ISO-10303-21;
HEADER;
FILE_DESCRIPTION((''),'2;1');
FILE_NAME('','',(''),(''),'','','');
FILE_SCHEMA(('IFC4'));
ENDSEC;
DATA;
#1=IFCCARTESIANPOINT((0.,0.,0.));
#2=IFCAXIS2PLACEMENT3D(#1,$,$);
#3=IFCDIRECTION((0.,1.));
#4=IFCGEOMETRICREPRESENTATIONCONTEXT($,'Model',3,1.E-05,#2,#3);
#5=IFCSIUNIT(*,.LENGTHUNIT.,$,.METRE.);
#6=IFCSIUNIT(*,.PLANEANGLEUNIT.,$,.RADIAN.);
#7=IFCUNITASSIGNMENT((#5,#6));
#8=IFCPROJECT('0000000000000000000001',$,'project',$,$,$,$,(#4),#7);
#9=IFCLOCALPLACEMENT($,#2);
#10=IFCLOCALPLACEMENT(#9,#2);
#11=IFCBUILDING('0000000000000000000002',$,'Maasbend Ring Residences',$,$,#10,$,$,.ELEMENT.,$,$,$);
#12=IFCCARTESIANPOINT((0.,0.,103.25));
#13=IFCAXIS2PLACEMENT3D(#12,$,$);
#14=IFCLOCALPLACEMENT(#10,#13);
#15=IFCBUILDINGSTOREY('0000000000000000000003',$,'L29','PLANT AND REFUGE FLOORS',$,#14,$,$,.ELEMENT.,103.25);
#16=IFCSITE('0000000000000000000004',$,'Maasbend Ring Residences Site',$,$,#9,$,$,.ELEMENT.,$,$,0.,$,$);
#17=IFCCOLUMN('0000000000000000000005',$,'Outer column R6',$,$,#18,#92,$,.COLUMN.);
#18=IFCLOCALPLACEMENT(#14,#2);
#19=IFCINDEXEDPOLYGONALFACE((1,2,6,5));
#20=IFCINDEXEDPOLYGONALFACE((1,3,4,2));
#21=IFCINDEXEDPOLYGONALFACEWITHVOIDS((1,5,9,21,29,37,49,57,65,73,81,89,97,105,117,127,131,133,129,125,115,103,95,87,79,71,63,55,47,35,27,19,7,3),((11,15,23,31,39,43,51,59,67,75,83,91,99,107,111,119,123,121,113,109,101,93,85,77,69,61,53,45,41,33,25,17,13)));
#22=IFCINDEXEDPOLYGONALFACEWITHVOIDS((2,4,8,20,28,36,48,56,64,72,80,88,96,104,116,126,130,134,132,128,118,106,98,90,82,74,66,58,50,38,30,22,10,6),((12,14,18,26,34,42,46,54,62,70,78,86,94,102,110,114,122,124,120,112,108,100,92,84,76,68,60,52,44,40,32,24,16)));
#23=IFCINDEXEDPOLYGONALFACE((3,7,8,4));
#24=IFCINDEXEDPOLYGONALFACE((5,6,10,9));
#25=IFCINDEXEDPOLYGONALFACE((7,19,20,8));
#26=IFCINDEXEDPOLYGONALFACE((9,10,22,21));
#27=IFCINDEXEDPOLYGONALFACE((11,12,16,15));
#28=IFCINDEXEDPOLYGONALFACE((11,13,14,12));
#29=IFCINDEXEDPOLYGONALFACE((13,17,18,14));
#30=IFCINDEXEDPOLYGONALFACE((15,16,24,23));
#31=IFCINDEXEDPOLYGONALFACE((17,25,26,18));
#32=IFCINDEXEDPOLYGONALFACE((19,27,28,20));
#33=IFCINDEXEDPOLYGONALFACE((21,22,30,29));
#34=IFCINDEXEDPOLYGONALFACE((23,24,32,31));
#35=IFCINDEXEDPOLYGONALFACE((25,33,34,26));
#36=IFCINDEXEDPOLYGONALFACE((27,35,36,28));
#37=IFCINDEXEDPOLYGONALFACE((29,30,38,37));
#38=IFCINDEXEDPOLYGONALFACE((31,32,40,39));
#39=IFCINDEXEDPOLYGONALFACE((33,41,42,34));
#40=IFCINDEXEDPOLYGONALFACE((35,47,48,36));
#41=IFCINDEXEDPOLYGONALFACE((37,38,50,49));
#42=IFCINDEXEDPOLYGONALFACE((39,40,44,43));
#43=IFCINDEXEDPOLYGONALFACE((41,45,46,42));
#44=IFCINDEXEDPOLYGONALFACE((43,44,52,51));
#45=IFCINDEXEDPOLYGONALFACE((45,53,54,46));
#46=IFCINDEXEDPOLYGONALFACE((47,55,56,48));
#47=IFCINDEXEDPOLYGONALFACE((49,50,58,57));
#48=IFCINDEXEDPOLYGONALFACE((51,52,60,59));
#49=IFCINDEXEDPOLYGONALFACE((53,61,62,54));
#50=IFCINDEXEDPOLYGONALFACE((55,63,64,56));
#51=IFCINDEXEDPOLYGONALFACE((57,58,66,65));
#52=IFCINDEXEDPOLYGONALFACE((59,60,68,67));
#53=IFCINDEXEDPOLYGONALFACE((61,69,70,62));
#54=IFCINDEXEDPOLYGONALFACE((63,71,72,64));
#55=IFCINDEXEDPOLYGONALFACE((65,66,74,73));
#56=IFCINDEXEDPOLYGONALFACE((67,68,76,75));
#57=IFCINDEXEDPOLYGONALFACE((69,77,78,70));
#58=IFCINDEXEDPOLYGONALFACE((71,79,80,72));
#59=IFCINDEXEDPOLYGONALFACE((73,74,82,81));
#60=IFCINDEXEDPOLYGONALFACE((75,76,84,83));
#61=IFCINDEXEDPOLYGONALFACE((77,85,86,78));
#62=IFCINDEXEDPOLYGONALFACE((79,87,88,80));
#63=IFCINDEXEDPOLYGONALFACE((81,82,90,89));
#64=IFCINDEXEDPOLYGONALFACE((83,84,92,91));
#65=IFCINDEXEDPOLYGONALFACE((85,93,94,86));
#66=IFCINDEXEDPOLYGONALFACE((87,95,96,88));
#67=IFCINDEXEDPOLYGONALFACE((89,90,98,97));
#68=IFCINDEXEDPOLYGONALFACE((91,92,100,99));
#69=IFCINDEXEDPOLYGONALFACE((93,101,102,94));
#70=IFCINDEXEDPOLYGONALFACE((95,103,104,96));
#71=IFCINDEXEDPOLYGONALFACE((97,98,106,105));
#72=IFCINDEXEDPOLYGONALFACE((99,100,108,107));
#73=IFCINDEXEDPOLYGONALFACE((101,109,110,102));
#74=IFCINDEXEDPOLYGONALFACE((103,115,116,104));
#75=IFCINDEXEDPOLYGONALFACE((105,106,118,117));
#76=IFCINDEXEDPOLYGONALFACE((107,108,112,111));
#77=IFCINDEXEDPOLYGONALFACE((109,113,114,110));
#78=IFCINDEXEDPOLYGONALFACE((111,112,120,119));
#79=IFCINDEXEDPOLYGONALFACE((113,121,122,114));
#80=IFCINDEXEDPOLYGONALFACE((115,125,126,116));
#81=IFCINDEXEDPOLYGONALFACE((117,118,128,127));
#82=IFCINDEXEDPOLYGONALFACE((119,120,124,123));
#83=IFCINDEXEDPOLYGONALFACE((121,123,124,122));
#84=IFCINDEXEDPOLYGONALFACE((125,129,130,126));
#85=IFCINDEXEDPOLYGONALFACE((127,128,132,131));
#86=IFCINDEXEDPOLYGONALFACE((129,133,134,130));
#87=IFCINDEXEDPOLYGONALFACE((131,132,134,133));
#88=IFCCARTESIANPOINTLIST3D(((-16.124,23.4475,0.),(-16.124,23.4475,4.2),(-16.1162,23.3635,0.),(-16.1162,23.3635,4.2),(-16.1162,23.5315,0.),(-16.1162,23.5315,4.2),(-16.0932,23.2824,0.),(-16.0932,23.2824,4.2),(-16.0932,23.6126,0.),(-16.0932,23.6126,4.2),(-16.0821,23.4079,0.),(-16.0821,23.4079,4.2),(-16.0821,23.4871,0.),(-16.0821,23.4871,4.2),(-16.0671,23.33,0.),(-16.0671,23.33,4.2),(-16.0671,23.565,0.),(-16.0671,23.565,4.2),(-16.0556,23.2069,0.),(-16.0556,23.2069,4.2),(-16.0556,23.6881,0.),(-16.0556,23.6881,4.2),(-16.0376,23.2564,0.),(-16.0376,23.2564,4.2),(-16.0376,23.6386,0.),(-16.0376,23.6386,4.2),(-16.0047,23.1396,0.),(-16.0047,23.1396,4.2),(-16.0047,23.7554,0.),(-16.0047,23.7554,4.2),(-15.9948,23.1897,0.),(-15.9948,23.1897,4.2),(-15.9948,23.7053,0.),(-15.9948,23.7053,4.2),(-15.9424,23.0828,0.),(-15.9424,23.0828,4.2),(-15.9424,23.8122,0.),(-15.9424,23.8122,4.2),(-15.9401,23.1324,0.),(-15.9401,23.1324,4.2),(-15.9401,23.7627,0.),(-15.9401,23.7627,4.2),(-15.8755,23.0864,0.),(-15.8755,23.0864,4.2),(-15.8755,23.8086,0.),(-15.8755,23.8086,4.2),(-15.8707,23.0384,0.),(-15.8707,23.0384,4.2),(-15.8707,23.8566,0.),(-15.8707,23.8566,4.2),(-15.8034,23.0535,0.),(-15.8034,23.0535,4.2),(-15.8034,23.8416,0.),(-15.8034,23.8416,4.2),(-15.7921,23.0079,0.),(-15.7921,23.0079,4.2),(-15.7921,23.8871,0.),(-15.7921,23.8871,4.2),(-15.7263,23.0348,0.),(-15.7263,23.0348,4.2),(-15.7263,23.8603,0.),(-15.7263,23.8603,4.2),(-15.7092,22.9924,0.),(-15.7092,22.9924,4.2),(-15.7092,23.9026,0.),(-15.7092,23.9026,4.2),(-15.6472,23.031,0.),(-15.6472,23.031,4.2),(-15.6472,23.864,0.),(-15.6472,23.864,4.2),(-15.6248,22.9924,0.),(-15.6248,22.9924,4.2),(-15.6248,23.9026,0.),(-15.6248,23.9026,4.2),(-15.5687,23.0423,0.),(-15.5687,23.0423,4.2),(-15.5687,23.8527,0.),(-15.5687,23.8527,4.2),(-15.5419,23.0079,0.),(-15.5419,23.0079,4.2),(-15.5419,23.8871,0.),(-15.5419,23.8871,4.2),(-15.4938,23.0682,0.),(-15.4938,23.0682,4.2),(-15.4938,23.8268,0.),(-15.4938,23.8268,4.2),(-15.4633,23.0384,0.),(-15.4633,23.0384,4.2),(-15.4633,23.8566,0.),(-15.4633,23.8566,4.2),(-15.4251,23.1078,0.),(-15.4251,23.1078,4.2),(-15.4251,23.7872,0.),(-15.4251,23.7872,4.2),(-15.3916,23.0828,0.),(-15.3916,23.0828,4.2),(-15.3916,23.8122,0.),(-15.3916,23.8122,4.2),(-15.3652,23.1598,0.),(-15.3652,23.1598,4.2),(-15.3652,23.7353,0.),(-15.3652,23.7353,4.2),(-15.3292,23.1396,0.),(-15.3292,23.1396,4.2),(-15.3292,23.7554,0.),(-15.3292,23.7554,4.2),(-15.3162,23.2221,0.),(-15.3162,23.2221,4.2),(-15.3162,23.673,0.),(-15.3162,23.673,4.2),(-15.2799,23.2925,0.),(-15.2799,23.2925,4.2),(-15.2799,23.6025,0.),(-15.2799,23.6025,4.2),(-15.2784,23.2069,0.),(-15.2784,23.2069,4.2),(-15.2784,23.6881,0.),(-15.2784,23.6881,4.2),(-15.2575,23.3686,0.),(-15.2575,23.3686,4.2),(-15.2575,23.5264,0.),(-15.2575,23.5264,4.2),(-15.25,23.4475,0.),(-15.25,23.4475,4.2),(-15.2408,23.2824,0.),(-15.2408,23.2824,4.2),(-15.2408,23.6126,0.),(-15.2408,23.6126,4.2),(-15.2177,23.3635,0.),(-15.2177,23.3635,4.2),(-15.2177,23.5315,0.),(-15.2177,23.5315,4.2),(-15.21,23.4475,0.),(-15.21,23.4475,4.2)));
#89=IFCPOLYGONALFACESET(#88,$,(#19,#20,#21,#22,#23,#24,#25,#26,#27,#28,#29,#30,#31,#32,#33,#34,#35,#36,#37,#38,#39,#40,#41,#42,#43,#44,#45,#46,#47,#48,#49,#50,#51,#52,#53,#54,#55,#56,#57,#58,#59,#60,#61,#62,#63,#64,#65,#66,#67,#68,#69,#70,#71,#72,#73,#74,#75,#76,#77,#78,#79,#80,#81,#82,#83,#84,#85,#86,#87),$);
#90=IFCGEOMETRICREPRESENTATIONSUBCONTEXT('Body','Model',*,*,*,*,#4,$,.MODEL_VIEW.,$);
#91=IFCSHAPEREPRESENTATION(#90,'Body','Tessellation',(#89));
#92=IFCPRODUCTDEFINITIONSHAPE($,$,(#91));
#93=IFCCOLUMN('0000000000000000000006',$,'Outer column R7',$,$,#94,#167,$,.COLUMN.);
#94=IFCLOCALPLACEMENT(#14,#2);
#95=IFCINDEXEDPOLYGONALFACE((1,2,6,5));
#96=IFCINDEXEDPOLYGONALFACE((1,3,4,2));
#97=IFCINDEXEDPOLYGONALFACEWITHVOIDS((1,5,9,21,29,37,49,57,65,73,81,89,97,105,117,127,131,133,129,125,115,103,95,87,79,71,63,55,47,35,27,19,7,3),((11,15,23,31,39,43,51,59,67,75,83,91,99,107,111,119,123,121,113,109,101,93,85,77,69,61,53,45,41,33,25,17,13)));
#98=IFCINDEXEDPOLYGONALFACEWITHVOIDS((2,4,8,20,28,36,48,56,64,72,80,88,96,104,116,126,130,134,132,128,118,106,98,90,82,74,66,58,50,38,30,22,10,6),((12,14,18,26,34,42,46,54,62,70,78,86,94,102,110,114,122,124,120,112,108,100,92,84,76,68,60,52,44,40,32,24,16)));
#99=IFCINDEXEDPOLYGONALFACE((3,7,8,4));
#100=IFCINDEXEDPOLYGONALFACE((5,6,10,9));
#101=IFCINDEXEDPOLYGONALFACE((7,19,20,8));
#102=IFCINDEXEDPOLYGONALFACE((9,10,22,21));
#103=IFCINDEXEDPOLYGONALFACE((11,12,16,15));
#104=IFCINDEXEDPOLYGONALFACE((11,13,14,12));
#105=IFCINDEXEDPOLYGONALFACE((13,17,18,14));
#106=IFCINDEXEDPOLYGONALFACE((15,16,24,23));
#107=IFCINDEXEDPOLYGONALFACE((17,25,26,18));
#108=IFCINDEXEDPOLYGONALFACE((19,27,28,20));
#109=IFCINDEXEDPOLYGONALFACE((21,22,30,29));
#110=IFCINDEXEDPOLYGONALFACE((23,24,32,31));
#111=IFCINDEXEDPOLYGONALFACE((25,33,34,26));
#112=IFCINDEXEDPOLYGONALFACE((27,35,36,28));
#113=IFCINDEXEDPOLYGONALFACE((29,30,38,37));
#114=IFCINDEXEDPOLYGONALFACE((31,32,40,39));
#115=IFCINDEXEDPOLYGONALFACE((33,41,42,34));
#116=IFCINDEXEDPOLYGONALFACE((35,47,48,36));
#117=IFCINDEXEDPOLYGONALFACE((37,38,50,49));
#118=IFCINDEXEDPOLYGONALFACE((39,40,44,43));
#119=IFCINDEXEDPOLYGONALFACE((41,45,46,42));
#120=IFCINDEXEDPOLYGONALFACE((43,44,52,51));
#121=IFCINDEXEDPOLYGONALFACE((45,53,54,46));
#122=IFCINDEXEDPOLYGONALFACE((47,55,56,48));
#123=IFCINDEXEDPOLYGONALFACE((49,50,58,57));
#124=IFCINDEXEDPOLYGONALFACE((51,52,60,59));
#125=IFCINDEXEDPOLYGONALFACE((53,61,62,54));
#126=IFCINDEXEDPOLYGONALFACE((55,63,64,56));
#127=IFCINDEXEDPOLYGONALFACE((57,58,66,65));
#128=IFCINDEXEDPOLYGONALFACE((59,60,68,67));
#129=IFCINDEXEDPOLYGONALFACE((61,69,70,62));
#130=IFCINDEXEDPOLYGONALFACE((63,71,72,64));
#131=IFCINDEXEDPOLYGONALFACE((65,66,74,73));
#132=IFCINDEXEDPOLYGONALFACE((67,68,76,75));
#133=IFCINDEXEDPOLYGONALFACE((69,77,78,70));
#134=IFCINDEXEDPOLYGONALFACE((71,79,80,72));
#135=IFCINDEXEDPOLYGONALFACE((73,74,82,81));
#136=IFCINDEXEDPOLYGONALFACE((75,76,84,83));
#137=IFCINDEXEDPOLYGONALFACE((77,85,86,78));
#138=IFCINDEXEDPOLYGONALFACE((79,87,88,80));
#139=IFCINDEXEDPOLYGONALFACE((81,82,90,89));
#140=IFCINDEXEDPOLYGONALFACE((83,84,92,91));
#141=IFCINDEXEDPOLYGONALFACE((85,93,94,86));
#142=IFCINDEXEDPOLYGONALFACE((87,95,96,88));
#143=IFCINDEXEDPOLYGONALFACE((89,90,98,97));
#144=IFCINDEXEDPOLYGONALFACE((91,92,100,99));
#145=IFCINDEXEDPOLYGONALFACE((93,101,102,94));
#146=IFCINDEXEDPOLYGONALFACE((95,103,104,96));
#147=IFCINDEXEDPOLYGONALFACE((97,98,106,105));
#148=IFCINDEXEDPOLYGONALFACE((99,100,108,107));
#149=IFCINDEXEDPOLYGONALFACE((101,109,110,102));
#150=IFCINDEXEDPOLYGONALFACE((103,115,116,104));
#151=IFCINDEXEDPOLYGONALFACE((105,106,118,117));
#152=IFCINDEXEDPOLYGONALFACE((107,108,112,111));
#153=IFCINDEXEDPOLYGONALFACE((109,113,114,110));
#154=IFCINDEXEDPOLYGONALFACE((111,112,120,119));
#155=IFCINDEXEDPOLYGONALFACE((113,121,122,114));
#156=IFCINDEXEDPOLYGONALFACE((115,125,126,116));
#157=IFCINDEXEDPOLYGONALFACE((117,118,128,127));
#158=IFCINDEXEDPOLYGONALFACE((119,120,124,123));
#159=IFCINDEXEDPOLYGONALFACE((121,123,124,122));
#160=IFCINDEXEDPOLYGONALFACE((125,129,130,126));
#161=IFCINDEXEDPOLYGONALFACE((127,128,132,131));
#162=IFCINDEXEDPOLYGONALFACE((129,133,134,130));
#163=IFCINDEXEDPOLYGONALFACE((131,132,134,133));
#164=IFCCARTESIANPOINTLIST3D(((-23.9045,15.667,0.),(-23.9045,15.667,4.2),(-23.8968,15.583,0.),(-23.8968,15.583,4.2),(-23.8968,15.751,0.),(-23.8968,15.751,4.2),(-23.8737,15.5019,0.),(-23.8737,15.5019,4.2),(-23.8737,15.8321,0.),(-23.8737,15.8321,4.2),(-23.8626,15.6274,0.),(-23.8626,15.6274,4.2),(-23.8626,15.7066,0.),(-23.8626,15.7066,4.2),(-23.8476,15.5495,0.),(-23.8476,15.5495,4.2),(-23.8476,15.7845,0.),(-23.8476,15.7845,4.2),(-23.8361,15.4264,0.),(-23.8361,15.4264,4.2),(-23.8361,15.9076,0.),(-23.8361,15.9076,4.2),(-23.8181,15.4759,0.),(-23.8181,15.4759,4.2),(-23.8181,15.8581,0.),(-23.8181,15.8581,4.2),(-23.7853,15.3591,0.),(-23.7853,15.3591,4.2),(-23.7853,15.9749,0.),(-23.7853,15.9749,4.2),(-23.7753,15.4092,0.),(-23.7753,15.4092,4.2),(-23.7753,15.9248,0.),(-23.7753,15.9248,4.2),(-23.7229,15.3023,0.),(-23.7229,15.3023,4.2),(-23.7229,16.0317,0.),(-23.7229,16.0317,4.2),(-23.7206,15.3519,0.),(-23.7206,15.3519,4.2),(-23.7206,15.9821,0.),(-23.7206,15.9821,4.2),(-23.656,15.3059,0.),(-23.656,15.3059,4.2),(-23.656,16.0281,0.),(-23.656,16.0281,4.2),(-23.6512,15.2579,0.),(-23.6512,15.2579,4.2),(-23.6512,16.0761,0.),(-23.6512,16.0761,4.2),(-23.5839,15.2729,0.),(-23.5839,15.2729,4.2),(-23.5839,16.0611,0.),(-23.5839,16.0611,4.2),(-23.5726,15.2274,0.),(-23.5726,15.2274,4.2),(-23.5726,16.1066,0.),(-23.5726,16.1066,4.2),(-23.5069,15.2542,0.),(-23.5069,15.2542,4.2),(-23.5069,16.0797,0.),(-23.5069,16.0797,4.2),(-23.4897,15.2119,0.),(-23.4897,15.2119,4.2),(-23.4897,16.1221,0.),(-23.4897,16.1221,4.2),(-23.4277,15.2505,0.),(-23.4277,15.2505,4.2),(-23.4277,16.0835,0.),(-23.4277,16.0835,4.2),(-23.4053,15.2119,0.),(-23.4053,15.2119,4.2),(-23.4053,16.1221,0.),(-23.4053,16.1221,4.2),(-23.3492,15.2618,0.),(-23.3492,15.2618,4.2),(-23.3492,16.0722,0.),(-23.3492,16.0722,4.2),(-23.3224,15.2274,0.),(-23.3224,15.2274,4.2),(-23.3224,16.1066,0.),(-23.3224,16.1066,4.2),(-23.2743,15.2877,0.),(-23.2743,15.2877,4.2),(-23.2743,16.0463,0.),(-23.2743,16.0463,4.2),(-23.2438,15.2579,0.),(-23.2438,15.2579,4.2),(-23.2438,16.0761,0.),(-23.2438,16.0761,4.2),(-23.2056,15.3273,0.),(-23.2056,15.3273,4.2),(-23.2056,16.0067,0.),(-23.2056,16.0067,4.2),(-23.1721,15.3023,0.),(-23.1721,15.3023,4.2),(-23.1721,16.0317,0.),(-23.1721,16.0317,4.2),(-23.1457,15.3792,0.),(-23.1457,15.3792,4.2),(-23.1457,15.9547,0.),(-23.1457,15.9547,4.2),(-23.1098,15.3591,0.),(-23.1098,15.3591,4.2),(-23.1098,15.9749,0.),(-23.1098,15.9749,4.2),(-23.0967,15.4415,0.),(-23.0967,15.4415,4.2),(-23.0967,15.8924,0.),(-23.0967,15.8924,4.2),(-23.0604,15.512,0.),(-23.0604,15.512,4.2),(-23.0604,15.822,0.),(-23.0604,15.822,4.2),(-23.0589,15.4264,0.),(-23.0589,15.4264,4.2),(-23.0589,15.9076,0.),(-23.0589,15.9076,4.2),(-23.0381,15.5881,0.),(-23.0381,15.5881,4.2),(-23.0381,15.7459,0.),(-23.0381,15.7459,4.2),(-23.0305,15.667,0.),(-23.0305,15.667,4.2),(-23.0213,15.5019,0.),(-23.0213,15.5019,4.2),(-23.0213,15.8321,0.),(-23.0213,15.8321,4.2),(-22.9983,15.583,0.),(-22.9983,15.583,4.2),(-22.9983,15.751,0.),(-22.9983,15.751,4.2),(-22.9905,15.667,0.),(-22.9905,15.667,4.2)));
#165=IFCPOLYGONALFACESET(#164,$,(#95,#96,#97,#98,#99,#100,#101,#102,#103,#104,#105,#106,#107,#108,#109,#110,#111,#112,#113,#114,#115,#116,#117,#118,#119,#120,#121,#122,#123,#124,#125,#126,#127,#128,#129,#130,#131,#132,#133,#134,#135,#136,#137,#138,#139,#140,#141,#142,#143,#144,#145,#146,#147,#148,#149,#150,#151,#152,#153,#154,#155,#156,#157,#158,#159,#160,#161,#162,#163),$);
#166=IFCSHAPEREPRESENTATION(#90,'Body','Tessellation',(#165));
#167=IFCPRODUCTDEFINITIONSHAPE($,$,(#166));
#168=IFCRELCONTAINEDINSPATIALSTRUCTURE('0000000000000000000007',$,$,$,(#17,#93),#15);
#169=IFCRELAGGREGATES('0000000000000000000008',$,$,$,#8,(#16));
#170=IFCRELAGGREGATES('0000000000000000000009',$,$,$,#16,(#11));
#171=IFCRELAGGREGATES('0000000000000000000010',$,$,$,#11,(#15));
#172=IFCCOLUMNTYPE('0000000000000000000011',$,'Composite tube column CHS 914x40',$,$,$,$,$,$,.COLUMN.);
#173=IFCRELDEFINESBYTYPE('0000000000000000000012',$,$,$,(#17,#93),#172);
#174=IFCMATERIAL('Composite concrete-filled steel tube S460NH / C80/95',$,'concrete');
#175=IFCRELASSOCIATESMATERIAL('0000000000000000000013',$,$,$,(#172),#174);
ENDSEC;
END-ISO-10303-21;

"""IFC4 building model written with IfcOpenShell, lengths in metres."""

from ifc_helpers import new_model, si_unit, direction, frame, origin, origin_2d, place, context, subcontext, project, spatial, hollow_circle, extrude, material, material_profile, profile_set, type_object, element, save


model = new_model("IFC4")

# Units and contexts
model_context = context("Model", 3, precision=1e-05, world=origin(), true_north=direction((0.0, 1.0)))
body_context = subcontext(model_context, "Body", "Model", "MODEL_VIEW")
ifc_project = project(units=[si_unit("LENGTHUNIT", "METRE"), si_unit("PLANEANGLEUNIT", "RADIAN")], contexts=[model_context])

# Site, building, storey
site_placement = place(None, origin())
site = spatial("IfcSite", under=ifc_project, at=site_placement, Name="Maasbend Ring Residences Site", CompositionType="ELEMENT", RefElevation=0.0)
building_placement = place(site_placement, origin())
building = spatial("IfcBuilding", under=site, at=building_placement, Name="Maasbend Ring Residences", CompositionType="ELEMENT")
storey_placement = place(building_placement, frame((0.0, 0.0, 103.25)))
storey = spatial("IfcBuildingStorey", under=building, at=storey_placement, Name="L29", Description="PLANT AND REFUGE FLOORS", CompositionType="ELEMENT", Elevation=103.25)

# Columns
ifc_material_1 = material(Name="Composite concrete-filled steel tube S460NH / C80/95", Category="concrete")
ifc_material_profile_1 = material_profile(ifc_material_1, hollow_circle(Radius=0.457, WallThickness=0.04, at=origin_2d()), Name="Composite tube column CHS 914x40")
ifc_profile_set_1 = profile_set([ifc_material_profile_1], Name="Composite concrete-filled steel tube S460NH / C80/95")
column_type_1 = type_object("IfcColumnType", Name="Composite tube column CHS 914x40", PredefinedType="COLUMN", material=ifc_profile_set_1)
for number, where, z_axis, x_axis, name in (
    (1, (-15.667, 23.4475, 0.0), (0.0, 0.0, 1.0), (1.0, 0.0, 0.0), "Outer column R6"),
    (2, (-23.4475, 15.667, 0.0), (0.0, 0.0, 1.0), (1.0, 0.0, 0.0), "Outer column R7"),
):
    element("IfcColumn", number, at=place(storey_placement, frame(where, z_axis=z_axis, x_axis=x_axis)), inside=storey, type_object=column_type_1, Name=name, PredefinedType="COLUMN", context=body_context, shape_type="SweptSolid", body=[
        extrude(hollow_circle(Radius=0.457, WallThickness=0.04, at=origin_2d()), origin(), (0.0, 0.0, 1.0), 4.2),
    ])

save(model, "model.ifc")
